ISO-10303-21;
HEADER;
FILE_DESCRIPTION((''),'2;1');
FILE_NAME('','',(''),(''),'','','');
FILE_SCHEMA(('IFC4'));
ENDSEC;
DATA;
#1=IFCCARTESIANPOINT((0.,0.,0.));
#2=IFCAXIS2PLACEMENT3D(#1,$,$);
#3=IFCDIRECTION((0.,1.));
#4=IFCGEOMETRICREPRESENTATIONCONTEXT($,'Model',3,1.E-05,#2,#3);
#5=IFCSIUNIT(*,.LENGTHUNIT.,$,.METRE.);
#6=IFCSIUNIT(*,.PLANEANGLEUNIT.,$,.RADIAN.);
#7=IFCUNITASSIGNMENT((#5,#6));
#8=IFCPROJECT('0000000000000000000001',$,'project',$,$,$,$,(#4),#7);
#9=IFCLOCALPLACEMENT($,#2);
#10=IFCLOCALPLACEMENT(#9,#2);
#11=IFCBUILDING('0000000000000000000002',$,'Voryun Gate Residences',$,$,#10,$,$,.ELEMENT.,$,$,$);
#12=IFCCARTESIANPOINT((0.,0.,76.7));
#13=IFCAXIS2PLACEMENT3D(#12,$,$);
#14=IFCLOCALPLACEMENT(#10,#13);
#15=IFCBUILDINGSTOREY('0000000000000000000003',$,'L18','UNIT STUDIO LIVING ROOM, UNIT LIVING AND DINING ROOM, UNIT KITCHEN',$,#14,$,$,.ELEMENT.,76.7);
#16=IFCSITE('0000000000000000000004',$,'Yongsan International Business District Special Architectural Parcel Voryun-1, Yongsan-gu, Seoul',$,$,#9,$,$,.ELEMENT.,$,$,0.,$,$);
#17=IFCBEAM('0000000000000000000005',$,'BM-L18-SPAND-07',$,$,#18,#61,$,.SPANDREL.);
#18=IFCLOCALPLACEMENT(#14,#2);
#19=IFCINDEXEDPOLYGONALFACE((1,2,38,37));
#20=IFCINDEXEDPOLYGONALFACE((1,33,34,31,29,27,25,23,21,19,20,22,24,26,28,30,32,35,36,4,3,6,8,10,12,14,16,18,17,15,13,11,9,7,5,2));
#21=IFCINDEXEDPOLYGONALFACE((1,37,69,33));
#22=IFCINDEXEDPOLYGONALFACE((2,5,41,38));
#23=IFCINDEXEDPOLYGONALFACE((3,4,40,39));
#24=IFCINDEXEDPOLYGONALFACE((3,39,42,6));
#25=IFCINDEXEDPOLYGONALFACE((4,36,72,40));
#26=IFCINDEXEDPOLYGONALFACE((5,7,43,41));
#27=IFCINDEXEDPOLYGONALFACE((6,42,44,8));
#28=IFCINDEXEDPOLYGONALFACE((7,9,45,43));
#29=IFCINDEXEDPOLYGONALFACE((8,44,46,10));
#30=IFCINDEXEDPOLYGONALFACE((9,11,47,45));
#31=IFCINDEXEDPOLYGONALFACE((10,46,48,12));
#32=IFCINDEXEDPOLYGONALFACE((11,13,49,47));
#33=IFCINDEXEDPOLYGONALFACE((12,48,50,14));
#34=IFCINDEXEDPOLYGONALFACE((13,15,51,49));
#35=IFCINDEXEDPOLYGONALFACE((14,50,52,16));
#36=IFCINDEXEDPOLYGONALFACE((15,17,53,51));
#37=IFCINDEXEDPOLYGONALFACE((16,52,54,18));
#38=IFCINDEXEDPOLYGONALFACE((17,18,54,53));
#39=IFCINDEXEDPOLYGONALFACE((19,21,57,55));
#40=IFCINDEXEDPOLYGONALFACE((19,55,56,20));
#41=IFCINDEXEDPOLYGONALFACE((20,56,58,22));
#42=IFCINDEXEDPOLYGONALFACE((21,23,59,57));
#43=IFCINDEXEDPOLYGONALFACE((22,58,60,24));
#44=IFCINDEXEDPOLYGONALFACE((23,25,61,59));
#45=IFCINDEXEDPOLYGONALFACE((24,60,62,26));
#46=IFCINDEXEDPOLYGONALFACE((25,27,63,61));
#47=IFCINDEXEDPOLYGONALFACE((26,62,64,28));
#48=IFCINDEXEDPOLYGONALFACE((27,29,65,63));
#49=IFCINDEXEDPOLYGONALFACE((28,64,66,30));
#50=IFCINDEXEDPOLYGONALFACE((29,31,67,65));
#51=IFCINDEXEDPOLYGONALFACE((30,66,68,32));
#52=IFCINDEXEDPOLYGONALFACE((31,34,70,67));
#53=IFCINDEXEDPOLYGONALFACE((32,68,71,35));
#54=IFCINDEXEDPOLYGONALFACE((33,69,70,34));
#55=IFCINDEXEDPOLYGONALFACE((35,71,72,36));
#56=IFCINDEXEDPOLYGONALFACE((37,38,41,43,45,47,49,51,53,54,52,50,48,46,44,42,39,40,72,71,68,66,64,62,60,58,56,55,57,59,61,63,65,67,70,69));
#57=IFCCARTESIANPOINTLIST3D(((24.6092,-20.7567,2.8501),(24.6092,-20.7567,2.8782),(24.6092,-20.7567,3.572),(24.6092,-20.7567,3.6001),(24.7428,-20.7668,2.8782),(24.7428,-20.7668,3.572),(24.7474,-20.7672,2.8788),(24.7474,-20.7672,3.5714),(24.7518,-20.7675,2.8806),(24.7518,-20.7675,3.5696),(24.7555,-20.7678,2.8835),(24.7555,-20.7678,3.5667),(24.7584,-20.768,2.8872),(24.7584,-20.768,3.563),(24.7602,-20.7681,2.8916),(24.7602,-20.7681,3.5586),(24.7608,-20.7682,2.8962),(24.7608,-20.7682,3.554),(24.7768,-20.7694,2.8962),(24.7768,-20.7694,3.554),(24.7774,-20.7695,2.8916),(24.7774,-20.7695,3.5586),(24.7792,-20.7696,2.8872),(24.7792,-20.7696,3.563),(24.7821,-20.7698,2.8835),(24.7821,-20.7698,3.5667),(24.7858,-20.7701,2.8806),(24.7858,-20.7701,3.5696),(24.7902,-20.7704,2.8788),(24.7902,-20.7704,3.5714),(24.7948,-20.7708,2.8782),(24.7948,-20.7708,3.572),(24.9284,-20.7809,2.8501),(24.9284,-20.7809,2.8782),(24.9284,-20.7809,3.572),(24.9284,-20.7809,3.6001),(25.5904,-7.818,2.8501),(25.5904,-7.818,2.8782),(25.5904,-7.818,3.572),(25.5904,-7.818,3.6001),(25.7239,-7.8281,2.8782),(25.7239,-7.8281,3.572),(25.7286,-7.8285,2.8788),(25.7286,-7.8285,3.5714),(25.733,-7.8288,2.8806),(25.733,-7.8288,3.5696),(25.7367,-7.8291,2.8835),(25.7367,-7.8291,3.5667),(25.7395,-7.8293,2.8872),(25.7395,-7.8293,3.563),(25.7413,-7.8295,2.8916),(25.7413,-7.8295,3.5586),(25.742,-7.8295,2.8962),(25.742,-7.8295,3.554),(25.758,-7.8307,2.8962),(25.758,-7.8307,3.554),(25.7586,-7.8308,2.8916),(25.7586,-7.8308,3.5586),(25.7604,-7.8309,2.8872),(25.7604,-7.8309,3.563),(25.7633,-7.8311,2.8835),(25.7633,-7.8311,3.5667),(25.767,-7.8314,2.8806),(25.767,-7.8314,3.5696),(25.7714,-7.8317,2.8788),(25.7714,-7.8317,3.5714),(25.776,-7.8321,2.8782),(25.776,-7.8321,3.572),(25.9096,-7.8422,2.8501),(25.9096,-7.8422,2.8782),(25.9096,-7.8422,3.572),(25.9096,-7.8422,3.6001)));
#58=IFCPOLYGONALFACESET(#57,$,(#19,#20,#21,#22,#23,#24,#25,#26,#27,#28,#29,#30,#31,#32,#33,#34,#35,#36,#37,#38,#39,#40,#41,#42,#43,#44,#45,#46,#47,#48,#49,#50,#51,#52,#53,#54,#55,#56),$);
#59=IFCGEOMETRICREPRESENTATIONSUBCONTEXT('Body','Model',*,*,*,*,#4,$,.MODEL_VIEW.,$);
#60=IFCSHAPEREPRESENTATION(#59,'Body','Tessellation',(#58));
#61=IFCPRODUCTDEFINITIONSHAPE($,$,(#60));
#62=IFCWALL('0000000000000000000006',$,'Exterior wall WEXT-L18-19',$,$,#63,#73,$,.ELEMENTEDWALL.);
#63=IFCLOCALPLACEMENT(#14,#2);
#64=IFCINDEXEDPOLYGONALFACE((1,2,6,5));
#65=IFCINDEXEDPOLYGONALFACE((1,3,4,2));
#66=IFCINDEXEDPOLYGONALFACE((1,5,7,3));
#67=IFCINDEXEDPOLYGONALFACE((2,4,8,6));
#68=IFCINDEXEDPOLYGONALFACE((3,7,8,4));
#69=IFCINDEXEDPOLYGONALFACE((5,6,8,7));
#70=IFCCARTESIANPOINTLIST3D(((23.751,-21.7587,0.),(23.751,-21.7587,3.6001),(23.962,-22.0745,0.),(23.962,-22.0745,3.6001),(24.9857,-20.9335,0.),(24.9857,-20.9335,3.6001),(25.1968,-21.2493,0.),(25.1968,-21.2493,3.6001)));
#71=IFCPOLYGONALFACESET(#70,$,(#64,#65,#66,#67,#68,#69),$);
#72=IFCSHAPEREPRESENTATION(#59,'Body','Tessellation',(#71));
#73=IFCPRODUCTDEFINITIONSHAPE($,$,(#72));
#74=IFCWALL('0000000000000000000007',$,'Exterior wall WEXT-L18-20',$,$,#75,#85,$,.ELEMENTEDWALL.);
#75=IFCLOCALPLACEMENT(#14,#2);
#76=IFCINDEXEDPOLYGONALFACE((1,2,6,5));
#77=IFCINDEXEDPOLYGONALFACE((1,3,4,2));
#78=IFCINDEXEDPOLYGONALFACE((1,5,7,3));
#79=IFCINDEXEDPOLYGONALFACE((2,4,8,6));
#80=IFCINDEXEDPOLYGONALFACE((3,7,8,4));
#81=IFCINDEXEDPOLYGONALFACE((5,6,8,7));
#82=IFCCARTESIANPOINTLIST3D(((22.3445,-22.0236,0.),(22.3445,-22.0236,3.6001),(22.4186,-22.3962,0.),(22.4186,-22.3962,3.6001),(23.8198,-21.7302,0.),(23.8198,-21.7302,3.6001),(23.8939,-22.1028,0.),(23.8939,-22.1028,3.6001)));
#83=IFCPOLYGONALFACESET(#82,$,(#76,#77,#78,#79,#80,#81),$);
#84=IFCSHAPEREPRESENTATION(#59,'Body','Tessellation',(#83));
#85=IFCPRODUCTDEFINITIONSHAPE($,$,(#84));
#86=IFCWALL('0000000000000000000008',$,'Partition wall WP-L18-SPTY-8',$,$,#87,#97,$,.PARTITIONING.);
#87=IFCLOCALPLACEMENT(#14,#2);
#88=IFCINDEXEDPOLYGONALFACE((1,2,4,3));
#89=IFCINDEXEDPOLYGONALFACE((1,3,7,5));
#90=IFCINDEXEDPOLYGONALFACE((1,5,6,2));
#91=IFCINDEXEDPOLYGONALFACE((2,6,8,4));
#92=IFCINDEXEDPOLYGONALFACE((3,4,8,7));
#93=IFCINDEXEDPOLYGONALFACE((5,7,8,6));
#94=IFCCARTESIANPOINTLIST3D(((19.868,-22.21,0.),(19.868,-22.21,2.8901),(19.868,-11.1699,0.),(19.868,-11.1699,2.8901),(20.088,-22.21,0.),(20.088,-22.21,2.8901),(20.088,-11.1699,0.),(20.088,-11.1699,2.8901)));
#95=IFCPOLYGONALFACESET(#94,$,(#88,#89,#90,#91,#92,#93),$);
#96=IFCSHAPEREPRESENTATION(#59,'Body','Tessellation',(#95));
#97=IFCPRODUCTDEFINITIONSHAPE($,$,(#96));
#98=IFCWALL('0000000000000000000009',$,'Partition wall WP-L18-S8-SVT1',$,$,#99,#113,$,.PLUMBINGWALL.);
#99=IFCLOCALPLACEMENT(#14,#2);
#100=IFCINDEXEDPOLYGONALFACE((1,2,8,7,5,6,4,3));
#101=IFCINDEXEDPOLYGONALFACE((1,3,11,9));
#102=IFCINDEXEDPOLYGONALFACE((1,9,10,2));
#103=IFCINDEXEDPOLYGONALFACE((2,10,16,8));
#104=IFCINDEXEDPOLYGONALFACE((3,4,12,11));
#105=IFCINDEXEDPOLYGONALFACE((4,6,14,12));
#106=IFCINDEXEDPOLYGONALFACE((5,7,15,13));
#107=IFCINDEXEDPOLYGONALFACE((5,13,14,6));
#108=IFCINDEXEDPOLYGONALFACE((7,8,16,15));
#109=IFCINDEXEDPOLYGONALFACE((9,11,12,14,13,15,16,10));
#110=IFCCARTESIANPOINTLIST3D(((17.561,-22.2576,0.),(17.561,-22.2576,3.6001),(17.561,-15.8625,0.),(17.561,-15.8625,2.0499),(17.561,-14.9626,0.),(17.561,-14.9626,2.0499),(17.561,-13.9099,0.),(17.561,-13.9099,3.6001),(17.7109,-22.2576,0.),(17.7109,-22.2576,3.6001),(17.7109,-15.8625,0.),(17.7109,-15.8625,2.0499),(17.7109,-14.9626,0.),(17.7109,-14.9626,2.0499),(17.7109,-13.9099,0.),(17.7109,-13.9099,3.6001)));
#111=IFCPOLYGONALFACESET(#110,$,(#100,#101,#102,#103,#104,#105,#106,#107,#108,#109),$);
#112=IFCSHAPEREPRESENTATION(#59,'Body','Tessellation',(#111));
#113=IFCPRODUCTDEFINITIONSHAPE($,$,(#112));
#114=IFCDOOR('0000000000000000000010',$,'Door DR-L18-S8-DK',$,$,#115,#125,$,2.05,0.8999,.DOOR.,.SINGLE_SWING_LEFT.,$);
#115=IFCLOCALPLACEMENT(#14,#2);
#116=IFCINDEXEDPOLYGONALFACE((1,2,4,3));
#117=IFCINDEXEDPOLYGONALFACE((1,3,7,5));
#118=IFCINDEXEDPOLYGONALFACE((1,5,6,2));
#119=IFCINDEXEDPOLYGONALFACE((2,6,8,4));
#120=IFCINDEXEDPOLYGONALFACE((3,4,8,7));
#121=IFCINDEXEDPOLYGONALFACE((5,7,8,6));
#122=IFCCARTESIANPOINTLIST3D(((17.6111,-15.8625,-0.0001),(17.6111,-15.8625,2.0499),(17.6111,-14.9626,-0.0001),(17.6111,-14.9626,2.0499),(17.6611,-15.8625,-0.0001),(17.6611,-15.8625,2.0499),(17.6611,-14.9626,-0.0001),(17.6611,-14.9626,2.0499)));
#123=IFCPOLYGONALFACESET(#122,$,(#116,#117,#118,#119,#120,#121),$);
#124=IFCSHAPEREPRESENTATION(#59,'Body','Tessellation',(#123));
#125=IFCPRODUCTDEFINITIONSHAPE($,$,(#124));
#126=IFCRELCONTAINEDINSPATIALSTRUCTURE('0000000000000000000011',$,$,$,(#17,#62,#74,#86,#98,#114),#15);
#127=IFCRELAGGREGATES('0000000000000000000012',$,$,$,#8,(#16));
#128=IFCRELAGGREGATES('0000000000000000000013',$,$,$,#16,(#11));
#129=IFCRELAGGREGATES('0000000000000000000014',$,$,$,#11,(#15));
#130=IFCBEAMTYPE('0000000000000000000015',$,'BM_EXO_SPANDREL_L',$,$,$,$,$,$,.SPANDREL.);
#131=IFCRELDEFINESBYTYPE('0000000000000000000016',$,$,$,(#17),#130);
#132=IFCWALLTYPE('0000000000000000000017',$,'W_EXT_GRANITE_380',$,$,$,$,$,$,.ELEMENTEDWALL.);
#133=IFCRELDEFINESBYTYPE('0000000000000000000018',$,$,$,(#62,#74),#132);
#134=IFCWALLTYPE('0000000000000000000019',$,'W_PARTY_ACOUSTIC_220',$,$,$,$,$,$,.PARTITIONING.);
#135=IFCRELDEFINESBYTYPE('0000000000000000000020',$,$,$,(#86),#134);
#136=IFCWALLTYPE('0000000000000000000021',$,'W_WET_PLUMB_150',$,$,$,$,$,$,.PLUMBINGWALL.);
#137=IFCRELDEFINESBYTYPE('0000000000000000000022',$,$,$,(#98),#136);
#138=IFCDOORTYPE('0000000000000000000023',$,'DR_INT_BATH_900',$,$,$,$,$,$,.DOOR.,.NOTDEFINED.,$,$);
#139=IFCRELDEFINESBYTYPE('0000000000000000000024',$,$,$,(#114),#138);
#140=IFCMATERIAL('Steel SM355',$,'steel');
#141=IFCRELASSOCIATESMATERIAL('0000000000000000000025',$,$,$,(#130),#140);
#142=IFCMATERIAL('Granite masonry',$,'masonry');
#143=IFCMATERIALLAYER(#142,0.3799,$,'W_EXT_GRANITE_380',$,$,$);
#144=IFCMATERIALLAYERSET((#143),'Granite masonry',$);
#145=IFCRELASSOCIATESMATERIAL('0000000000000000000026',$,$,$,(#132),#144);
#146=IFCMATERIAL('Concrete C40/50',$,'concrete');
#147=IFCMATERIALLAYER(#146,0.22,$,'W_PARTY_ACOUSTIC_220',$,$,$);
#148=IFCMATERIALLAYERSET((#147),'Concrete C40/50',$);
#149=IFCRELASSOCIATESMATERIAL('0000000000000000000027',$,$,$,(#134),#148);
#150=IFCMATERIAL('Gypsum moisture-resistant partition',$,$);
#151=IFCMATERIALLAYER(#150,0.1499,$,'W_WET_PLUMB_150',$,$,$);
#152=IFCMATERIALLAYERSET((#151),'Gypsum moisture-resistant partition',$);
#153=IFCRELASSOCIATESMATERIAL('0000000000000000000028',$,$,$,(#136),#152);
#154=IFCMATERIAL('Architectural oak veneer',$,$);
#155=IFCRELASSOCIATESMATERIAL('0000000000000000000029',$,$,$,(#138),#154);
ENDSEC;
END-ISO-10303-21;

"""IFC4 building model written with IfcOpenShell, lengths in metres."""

from ifc_helpers import new_model, si_unit, direction, frame, frame_2d, origin, origin_2d, place, context, subcontext, project, spatial, rectangle, i_section, extrude, material, layer, layer_set, material_profile, profile_set, type_object, element, fill, save


model = new_model("IFC4")

# Units and contexts
model_context = context("Model", 3, precision=1e-05, world=origin(), true_north=direction((0.0, 1.0)))
body_context = subcontext(model_context, "Body", "Model", "MODEL_VIEW")
ifc_project = project(units=[si_unit("LENGTHUNIT", "METRE"), si_unit("PLANEANGLEUNIT", "RADIAN")], contexts=[model_context])

# Site, building, storey
site_placement = place(None, origin())
site = spatial("IfcSite", under=ifc_project, at=site_placement, Name="Yongsan International Business District Special Architectural Parcel Voryun-1, Yongsan-gu, Seoul", CompositionType="ELEMENT", RefElevation=0.0)
building_placement = place(site_placement, origin())
building = spatial("IfcBuilding", under=site, at=building_placement, Name="Voryun Gate Residences", CompositionType="ELEMENT")
storey_placement = place(building_placement, frame((0.0, 0.0, 76.7)))
storey = spatial("IfcBuildingStorey", under=building, at=storey_placement, Name="L18", Description="UNIT STUDIO LIVING ROOM, UNIT LIVING AND DINING ROOM, UNIT KITCHEN", CompositionType="ELEMENT", Elevation=76.7)

# Beam
ifc_material_1 = material(Name="Steel SM355", Category="steel")
ifc_material_profile_1 = material_profile(ifc_material_1, i_section(OverallWidth=0.3201, OverallDepth=0.75, WebThickness=0.0161, FlangeThickness=0.0281, FilletRadius=0.0181, at=origin_2d()), Name="H-750x320x16x28")
ifc_profile_set_1 = profile_set([ifc_material_profile_1], Name="Steel SM355")
beam_type = type_object("IfcBeamType", Name="BM_EXO_SPANDREL_L", PredefinedType="SPANDREL", material=ifc_profile_set_1)
beam_1_placement = place(storey_placement, frame((24.7688, -20.7688, 3.2251), z_axis=(0.075617, 0.997137, 0.0), x_axis=(-0.997137, 0.075617, 0.0)))
element("IfcBeam", 1, at=beam_1_placement, inside=storey, type_object=beam_type, Name="BM-L18-SPAND-07", PredefinedType="SPANDREL", context=body_context, shape_type="SweptSolid", body=[
    extrude(i_section(OverallWidth=0.3201, OverallDepth=0.75, WebThickness=0.0161, FlangeThickness=0.0281, FilletRadius=0.0181, at=origin_2d()), origin(), (0.0, 0.0, 1.0), 12.9758),
])

# Shared definitions
ifc_material_2 = material(Name="Granite masonry", Category="masonry")
ifc_layer_1 = layer(ifc_material_2, 0.3799, Name="W_EXT_GRANITE_380")
ifc_layer_set_1 = layer_set([ifc_layer_1], Name="Granite masonry")
wall_type_1 = type_object("IfcWallType", Name="W_EXT_GRANITE_380", PredefinedType="ELEMENTEDWALL", material=ifc_layer_set_1)

# Walls
wall_1_placement = place(storey_placement, frame((25.0913, -21.0913, 0.0), z_axis=(0.0, 0.0, 1.0), x_axis=(-0.831392, -0.555686, 0.0)))
element("IfcWall", 2, at=wall_1_placement, inside=storey, type_object=wall_type_1, Name="Exterior wall WEXT-L18-19", PredefinedType="ELEMENTEDWALL", context=body_context, shape_type="SweptSolid", body=[
    extrude(rectangle(XDim=1.4851, YDim=0.3799, at=frame_2d((0.7427, 0.0))), origin(), (0.0, 0.0, 1.0), 3.6001),
])
wall_2_placement = place(storey_placement, frame((23.8567, -21.9165, 0.0), z_axis=(0.0, 0.0, 1.0), x_axis=(-0.980786, -0.195086, 0.0)))
element("IfcWall", 3, at=wall_2_placement, inside=storey, type_object=wall_type_1, Name="Exterior wall WEXT-L18-20", PredefinedType="ELEMENTEDWALL", context=body_context, shape_type="SweptSolid", body=[
    extrude(rectangle(XDim=1.5042, YDim=0.3799, at=frame_2d((0.752, 0.0))), origin(), (0.0, 0.0, 1.0), 3.6001),
])
ifc_material_3 = material(Name="Concrete C40/50", Category="concrete")
ifc_layer_2 = layer(ifc_material_3, 0.22, Name="W_PARTY_ACOUSTIC_220")
ifc_layer_set_2 = layer_set([ifc_layer_2], Name="Concrete C40/50")
wall_type_2 = type_object("IfcWallType", Name="W_PARTY_ACOUSTIC_220", PredefinedType="PARTITIONING", material=ifc_layer_set_2)
wall_3_placement = place(storey_placement, frame((19.978, -22.21, 0.0), z_axis=(0.0, 0.0, 1.0), x_axis=(0.0, 1.0, 0.0)))
element("IfcWall", 4, at=wall_3_placement, inside=storey, type_object=wall_type_2, Name="Partition wall WP-L18-SPTY-8", PredefinedType="PARTITIONING", context=body_context, shape_type="SweptSolid", body=[
    extrude(rectangle(XDim=11.04, YDim=0.22, at=frame_2d((5.52, 0.0))), origin(), (0.0, 0.0, 1.0), 2.8901),
])

# Wall, opening, door
ifc_material_4 = material(Name="Gypsum moisture-resistant partition")
ifc_layer_3 = layer(ifc_material_4, 0.1499, Name="W_WET_PLUMB_150")
ifc_layer_set_3 = layer_set([ifc_layer_3], Name="Gypsum moisture-resistant partition")
wall_type_3 = type_object("IfcWallType", Name="W_WET_PLUMB_150", PredefinedType="PLUMBINGWALL", material=ifc_layer_set_3)
wall_4_placement = place(storey_placement, frame((17.636, -22.2576, 0.0), z_axis=(0.0, 0.0, 1.0), x_axis=(0.0, 1.0, 0.0)))
wall_4 = element("IfcWall", 5, at=wall_4_placement, inside=storey, type_object=wall_type_3, Name="Partition wall WP-L18-S8-SVT1", PredefinedType="PLUMBINGWALL", context=body_context, shape_type="SweptSolid", body=[
    extrude(rectangle(XDim=8.3477, YDim=0.1499, at=frame_2d((4.1738, 0.0))), origin(), (0.0, 0.0, 1.0), 3.6001),
])
opening_1_placement = place(wall_4_placement, frame((6.395, 0.0, 0.0)))
opening_1 = element("IfcOpeningElement", 6, at=opening_1_placement, cuts=wall_4, PredefinedType="OPENING", context=body_context, shape_type="SweptSolid", body=[
    extrude(rectangle(XDim=0.8999, YDim=2.05, at=frame_2d((0.45, 1.0249))), frame((0.0, 0.085, 0.0), z_axis=(0.0, -1.0, 0.0), x_axis=(1.0, 0.0, 0.0)), (0.0, 0.0, 1.0), 0.1699),
])
ifc_material_5 = material(Name="Architectural oak veneer")
door_type = type_object("IfcDoorType", Name="DR_INT_BATH_900", OperationType="NOTDEFINED", PredefinedType="DOOR", material=ifc_material_5)
door_placement = place(opening_1_placement, origin())
door = element("IfcDoor", 7, at=door_placement, inside=storey, type_object=door_type, Name="Door DR-L18-S8-DK", OperationType="SINGLE_SWING_LEFT", OverallHeight=2.05, OverallWidth=0.8999, PredefinedType="DOOR", context=body_context, shape_type="SweptSolid", body=[
    extrude(rectangle(XDim=0.8999, YDim=2.05, at=frame_2d((0.45, 1.0249))), frame((0.0, 0.0249, 0.0), z_axis=(0.0, -1.0, 0.0), x_axis=(1.0, 0.0, 0.0)), (0.0, 0.0, 1.0), 0.05),
])
fill(opening_1, door)

save(model, "model.ifc")
